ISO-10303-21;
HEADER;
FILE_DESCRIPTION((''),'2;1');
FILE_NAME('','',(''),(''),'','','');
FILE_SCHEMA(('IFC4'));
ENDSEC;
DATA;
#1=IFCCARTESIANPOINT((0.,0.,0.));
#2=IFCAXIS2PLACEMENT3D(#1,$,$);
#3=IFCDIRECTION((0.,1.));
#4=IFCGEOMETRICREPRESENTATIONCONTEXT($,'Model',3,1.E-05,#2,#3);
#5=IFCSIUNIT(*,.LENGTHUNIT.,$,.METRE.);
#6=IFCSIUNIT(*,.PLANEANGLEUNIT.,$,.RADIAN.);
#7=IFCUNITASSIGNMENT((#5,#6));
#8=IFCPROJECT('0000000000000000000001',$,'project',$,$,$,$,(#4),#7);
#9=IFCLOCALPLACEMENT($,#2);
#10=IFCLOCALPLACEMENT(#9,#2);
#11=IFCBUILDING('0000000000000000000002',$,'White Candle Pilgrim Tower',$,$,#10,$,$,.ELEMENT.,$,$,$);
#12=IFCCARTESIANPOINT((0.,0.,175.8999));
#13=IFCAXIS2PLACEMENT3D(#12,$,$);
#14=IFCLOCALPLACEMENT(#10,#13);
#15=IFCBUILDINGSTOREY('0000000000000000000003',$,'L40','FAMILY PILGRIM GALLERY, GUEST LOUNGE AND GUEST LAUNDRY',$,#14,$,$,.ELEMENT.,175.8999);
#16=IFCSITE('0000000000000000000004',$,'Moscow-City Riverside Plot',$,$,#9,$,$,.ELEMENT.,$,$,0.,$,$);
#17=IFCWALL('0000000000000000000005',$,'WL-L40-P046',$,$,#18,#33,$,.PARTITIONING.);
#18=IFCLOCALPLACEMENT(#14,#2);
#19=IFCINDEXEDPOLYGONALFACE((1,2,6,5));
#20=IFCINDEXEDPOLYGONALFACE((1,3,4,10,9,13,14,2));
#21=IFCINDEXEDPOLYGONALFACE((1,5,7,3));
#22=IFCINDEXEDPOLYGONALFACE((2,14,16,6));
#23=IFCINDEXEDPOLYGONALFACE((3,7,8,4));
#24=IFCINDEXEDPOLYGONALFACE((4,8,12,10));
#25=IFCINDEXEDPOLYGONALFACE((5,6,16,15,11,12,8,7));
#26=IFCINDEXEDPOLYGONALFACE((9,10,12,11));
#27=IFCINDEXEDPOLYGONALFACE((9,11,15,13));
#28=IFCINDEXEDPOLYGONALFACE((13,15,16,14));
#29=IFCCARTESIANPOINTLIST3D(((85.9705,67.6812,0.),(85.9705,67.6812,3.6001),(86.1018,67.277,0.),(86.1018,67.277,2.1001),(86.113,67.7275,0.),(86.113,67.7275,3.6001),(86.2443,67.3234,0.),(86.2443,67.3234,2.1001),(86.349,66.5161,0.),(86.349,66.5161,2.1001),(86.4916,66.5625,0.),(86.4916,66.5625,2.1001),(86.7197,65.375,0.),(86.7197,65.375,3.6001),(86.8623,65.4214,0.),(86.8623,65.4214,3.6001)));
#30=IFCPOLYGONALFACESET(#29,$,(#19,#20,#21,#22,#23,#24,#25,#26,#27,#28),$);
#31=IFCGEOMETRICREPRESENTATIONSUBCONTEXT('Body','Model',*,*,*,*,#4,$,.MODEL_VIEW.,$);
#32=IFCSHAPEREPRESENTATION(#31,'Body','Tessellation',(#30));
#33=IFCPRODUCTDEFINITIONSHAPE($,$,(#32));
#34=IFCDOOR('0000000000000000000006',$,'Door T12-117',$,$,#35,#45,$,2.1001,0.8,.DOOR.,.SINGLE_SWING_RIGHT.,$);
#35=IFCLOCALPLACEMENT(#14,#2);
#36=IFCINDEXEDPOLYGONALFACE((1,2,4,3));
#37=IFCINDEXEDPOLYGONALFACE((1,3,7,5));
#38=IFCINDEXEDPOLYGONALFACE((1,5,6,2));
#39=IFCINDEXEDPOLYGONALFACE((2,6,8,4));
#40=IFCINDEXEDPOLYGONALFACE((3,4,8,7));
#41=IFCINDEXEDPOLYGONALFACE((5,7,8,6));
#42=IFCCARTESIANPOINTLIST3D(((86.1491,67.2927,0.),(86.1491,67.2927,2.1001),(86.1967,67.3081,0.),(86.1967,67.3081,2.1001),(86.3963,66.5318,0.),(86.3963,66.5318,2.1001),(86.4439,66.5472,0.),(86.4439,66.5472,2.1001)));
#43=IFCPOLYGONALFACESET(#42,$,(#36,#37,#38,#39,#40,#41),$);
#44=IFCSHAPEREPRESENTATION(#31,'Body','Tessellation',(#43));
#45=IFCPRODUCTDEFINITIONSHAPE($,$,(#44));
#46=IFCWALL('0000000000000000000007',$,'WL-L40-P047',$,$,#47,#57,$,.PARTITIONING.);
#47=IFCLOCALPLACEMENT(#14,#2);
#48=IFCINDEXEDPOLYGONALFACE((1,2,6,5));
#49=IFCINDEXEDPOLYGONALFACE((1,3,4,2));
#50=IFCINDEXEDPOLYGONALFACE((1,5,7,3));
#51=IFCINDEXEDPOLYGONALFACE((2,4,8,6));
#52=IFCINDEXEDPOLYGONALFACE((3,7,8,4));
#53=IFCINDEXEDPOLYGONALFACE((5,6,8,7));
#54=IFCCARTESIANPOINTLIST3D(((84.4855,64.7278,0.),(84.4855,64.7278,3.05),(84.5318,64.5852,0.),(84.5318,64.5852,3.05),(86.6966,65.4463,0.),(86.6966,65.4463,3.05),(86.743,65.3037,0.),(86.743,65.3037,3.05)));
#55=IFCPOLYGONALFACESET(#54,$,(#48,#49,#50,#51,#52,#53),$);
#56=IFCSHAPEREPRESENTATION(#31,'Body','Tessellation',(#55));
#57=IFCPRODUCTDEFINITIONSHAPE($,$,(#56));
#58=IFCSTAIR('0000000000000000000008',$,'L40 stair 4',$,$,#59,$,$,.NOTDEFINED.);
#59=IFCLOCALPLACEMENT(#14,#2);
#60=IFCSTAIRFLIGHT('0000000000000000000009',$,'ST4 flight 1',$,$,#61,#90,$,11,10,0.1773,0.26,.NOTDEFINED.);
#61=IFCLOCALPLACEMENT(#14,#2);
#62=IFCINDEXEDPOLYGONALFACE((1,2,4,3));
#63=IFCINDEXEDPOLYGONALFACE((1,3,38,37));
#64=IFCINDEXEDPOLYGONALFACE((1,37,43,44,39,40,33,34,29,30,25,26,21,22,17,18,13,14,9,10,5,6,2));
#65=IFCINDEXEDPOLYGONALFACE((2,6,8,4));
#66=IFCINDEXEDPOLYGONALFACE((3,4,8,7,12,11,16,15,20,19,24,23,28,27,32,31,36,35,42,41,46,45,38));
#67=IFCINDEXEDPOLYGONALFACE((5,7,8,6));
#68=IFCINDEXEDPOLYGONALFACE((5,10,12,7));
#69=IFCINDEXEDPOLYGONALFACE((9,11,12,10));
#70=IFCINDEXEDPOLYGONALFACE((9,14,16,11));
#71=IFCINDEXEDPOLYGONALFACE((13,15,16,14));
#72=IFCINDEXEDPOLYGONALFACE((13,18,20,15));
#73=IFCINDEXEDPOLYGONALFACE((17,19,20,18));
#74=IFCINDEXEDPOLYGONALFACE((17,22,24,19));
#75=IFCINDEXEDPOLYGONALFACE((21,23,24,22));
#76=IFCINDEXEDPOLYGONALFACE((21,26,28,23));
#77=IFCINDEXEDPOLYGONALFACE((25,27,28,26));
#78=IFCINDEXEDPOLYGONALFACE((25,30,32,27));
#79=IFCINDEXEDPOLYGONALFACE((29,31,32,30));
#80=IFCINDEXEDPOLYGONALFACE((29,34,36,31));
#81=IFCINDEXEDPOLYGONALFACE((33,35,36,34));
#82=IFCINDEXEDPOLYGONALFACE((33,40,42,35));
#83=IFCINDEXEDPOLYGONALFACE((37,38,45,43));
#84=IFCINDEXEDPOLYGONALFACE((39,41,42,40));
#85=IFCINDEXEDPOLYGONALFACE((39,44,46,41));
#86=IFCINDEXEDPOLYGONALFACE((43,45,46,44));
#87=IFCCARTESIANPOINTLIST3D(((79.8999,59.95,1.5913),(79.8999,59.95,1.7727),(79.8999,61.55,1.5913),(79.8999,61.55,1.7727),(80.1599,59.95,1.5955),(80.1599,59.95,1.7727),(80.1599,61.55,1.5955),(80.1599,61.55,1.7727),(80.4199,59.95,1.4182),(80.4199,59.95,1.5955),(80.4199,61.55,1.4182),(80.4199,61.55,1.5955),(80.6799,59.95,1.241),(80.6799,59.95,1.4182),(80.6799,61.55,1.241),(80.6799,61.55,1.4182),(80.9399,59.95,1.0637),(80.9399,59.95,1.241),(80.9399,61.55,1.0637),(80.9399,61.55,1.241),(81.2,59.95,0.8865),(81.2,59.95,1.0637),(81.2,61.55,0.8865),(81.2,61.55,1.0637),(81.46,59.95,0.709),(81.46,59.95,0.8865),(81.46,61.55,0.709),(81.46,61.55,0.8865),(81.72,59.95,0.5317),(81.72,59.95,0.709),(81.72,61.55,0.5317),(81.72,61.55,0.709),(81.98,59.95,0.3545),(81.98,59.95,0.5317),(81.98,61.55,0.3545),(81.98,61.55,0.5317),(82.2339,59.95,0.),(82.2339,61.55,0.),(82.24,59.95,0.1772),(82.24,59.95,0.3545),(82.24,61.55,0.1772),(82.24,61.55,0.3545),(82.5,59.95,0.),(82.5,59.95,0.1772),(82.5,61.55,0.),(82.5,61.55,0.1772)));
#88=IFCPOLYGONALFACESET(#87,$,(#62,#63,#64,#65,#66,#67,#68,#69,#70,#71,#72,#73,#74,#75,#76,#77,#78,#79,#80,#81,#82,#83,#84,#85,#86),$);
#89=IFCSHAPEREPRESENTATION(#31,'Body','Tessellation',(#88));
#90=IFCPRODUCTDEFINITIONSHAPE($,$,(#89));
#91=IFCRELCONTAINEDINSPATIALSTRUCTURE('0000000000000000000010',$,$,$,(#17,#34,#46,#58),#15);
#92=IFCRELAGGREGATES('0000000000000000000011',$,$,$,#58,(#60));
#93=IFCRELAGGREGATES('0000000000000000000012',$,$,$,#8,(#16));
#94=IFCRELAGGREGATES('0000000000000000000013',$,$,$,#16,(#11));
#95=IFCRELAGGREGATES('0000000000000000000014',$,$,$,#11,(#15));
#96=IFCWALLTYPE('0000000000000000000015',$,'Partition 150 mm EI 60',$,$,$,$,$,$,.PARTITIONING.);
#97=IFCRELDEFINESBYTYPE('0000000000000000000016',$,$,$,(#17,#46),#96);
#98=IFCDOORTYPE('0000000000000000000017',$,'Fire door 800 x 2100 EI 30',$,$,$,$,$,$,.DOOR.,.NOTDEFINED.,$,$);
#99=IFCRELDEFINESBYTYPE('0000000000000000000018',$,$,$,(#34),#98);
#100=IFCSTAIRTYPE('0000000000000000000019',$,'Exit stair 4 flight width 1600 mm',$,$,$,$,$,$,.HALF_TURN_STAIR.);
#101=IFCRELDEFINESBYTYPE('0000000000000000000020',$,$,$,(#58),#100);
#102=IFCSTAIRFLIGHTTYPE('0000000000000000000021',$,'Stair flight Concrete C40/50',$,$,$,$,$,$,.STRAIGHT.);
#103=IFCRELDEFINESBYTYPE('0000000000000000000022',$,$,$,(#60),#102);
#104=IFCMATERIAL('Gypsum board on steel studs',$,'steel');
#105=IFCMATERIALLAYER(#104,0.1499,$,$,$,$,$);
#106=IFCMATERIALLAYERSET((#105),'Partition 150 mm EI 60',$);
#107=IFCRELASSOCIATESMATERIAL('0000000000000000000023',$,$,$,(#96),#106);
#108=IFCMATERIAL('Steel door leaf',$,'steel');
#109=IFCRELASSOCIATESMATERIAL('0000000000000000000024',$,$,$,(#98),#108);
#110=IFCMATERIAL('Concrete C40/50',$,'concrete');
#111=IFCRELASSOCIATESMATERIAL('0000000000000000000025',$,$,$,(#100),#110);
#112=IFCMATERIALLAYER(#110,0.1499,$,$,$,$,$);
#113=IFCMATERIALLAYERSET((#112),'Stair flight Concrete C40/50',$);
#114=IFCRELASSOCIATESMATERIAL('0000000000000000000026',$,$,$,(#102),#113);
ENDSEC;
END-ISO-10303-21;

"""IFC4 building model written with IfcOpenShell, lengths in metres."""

from ifc_helpers import new_model, si_unit, direction, frame, frame_2d, origin, place, context, subcontext, project, spatial, polyline, rectangle, outline, extrude, material, layer, layer_set, type_object, element, fill, aggregate, save


model = new_model("IFC4")

# Units and contexts
model_context = context("Model", 3, precision=1e-05, world=origin(), true_north=direction((0.0, 1.0)))
body_context = subcontext(model_context, "Body", "Model", "MODEL_VIEW")
ifc_project = project(units=[si_unit("LENGTHUNIT", "METRE"), si_unit("PLANEANGLEUNIT", "RADIAN")], contexts=[model_context])

# Site, building, storey
site_placement = place(None, origin())
site = spatial("IfcSite", under=ifc_project, at=site_placement, Name="Moscow-City Riverside Plot", CompositionType="ELEMENT", RefElevation=0.0)
building_placement = place(site_placement, origin())
building = spatial("IfcBuilding", under=site, at=building_placement, Name="White Candle Pilgrim Tower", CompositionType="ELEMENT")
storey_placement = place(building_placement, frame((0.0, 0.0, 175.8999)))
storey = spatial("IfcBuildingStorey", under=building, at=storey_placement, Name="L40", Description="FAMILY PILGRIM GALLERY, GUEST LOUNGE AND GUEST LAUNDRY", CompositionType="ELEMENT", Elevation=175.8999)

# Shared definitions
ifc_material_1 = material(Name="Gypsum board on steel studs", Category="steel")
ifc_material_2 = material(Name="Steel door leaf", Category="steel")

# Shared definitions
ifc_layer_1 = layer(ifc_material_1, 0.1499)
ifc_layer_set_1 = layer_set([ifc_layer_1], Name="Partition 150 mm EI 60")
wall_type_1 = type_object("IfcWallType", Name="Partition 150 mm EI 60", PredefinedType="PARTITIONING", material=ifc_layer_set_1)

# Wall, opening, door
door_type_1 = type_object("IfcDoorType", Name="Fire door 800 x 2100 EI 30", OperationType="NOTDEFINED", PredefinedType="DOOR", material=ifc_material_2)
wall_1_placement = place(storey_placement, frame((86.791, 65.3982, 0.0), z_axis=(0.0, 0.0, 1.0), x_axis=(-0.309, 0.951062, 0.0)))
wall_1 = element("IfcWall", 1, at=wall_1_placement, inside=storey, type_object=wall_type_1, Name="WL-L40-P046", PredefinedType="PARTITIONING", context=body_context, shape_type="SweptSolid", body=[
    extrude(rectangle(XDim=2.4248, YDim=0.1499, at=frame_2d((1.2124, 0.0))), origin(), (0.0, 0.0, 1.0), 3.6001),
])
opening_1_placement = place(wall_1_placement, frame((1.2, 0.0, 0.0)))
opening_1 = element("IfcOpeningElement", 2, at=opening_1_placement, cuts=wall_1, PredefinedType="OPENING", context=body_context, shape_type="SweptSolid", body=[
    extrude(rectangle(XDim=0.8, YDim=2.1001, at=frame_2d((0.3999, 1.05))), frame((0.0, 0.085, 0.0), z_axis=(0.0, -1.0, 0.0), x_axis=(1.0, 0.0, 0.0)), (0.0, 0.0, 1.0), 0.1699),
])
door_1_placement = place(opening_1_placement, frame((0.8, 0.0, 0.0), z_axis=(0.0, 0.0, 1.0), x_axis=(-1.0, 0.0, 0.0)))
door_1 = element("IfcDoor", 3, at=door_1_placement, inside=storey, type_object=door_type_1, Name="Door T12-117", OperationType="SINGLE_SWING_RIGHT", OverallHeight=2.1001, OverallWidth=0.8, PredefinedType="DOOR", context=body_context, shape_type="SweptSolid", body=[
    extrude(rectangle(XDim=0.8, YDim=2.1001, at=frame_2d((0.3999, 1.05))), frame((0.0, 0.0249, 0.0), z_axis=(0.0, -1.0, 0.0), x_axis=(1.0, 0.0, 0.0)), (0.0, 0.0, 1.0), 0.05),
])
fill(opening_1, door_1)

# Wall
wall_2_placement = place(storey_placement, frame((84.5085, 64.6565, 0.0), z_axis=(0.0, 0.0, 1.0), x_axis=(0.95105, 0.309036, 0.0)))
element("IfcWall", 4, at=wall_2_placement, inside=storey, type_object=wall_type_1, Name="WL-L40-P047", PredefinedType="PARTITIONING", context=body_context, shape_type="SweptSolid", body=[
    extrude(rectangle(XDim=2.325, YDim=0.1499, at=frame_2d((1.1626, 0.0))), origin(), (0.0, 0.0, 1.0), 3.05),
])

# Stair, stair flight
ifc_material_3 = material(Name="Concrete C40/50", Category="concrete")
stair_type = type_object("IfcStairType", Name="Exit stair 4 flight width 1600 mm", PredefinedType="HALF_TURN_STAIR", material=ifc_material_3)
stair_placement = place(storey_placement, origin())
stair = element("IfcStair", 5, at=stair_placement, inside=storey, type_object=stair_type, Name="L40 stair 4", PredefinedType="NOTDEFINED")
ifc_layer_2 = layer(ifc_material_3, 0.1499)
ifc_layer_set_2 = layer_set([ifc_layer_2], Name="Stair flight Concrete C40/50")
stair_flight_type = type_object("IfcStairFlightType", Name="Stair flight Concrete C40/50", PredefinedType="STRAIGHT", material=ifc_layer_set_2)
stair_flight_placement = place(storey_placement, frame((82.5, 60.75, 0.0), z_axis=(0.0, 0.0, 1.0), x_axis=(-1.0, 0.0, 0.0)))
stair_flight = element("IfcStairFlight", 6, at=stair_flight_placement, type_object=stair_flight_type, Name="ST4 flight 1", NumberOfRisers=11, NumberOfTreads=10, PredefinedType="NOTDEFINED", RiserHeight=0.1773, TreadLength=0.26, context=body_context, shape_type="SweptSolid", body=[
    extrude(outline(polyline([(0.0, 0.0), (0.0, 0.1772), (0.26, 0.1772), (0.26, 0.3545), (0.52, 0.3545), (0.52, 0.5317), (0.78, 0.5317), (0.78, 0.709), (1.04, 0.709), (1.04, 0.8865), (1.3, 0.8865), (1.3, 1.0637), (1.5601, 1.0637), (1.5601, 1.241), (1.8201, 1.241), (1.8201, 1.4182), (2.0801, 1.4182), (2.0801, 1.5955), (2.3401, 1.5955), (2.3401, 1.7727), (2.6001, 1.7727), (2.6001, 1.95), (2.6001, 1.5913), (0.2661, 0.0), (0.0, 0.0)])), frame((0.0, 0.8, 0.0), z_axis=(0.0, -1.0, 0.0), x_axis=(1.0, 0.0, 0.0)), (0.0, 0.0, 1.0), 1.6001),
])
aggregate(stair, [stair_flight])

save(model, "model.ifc")
